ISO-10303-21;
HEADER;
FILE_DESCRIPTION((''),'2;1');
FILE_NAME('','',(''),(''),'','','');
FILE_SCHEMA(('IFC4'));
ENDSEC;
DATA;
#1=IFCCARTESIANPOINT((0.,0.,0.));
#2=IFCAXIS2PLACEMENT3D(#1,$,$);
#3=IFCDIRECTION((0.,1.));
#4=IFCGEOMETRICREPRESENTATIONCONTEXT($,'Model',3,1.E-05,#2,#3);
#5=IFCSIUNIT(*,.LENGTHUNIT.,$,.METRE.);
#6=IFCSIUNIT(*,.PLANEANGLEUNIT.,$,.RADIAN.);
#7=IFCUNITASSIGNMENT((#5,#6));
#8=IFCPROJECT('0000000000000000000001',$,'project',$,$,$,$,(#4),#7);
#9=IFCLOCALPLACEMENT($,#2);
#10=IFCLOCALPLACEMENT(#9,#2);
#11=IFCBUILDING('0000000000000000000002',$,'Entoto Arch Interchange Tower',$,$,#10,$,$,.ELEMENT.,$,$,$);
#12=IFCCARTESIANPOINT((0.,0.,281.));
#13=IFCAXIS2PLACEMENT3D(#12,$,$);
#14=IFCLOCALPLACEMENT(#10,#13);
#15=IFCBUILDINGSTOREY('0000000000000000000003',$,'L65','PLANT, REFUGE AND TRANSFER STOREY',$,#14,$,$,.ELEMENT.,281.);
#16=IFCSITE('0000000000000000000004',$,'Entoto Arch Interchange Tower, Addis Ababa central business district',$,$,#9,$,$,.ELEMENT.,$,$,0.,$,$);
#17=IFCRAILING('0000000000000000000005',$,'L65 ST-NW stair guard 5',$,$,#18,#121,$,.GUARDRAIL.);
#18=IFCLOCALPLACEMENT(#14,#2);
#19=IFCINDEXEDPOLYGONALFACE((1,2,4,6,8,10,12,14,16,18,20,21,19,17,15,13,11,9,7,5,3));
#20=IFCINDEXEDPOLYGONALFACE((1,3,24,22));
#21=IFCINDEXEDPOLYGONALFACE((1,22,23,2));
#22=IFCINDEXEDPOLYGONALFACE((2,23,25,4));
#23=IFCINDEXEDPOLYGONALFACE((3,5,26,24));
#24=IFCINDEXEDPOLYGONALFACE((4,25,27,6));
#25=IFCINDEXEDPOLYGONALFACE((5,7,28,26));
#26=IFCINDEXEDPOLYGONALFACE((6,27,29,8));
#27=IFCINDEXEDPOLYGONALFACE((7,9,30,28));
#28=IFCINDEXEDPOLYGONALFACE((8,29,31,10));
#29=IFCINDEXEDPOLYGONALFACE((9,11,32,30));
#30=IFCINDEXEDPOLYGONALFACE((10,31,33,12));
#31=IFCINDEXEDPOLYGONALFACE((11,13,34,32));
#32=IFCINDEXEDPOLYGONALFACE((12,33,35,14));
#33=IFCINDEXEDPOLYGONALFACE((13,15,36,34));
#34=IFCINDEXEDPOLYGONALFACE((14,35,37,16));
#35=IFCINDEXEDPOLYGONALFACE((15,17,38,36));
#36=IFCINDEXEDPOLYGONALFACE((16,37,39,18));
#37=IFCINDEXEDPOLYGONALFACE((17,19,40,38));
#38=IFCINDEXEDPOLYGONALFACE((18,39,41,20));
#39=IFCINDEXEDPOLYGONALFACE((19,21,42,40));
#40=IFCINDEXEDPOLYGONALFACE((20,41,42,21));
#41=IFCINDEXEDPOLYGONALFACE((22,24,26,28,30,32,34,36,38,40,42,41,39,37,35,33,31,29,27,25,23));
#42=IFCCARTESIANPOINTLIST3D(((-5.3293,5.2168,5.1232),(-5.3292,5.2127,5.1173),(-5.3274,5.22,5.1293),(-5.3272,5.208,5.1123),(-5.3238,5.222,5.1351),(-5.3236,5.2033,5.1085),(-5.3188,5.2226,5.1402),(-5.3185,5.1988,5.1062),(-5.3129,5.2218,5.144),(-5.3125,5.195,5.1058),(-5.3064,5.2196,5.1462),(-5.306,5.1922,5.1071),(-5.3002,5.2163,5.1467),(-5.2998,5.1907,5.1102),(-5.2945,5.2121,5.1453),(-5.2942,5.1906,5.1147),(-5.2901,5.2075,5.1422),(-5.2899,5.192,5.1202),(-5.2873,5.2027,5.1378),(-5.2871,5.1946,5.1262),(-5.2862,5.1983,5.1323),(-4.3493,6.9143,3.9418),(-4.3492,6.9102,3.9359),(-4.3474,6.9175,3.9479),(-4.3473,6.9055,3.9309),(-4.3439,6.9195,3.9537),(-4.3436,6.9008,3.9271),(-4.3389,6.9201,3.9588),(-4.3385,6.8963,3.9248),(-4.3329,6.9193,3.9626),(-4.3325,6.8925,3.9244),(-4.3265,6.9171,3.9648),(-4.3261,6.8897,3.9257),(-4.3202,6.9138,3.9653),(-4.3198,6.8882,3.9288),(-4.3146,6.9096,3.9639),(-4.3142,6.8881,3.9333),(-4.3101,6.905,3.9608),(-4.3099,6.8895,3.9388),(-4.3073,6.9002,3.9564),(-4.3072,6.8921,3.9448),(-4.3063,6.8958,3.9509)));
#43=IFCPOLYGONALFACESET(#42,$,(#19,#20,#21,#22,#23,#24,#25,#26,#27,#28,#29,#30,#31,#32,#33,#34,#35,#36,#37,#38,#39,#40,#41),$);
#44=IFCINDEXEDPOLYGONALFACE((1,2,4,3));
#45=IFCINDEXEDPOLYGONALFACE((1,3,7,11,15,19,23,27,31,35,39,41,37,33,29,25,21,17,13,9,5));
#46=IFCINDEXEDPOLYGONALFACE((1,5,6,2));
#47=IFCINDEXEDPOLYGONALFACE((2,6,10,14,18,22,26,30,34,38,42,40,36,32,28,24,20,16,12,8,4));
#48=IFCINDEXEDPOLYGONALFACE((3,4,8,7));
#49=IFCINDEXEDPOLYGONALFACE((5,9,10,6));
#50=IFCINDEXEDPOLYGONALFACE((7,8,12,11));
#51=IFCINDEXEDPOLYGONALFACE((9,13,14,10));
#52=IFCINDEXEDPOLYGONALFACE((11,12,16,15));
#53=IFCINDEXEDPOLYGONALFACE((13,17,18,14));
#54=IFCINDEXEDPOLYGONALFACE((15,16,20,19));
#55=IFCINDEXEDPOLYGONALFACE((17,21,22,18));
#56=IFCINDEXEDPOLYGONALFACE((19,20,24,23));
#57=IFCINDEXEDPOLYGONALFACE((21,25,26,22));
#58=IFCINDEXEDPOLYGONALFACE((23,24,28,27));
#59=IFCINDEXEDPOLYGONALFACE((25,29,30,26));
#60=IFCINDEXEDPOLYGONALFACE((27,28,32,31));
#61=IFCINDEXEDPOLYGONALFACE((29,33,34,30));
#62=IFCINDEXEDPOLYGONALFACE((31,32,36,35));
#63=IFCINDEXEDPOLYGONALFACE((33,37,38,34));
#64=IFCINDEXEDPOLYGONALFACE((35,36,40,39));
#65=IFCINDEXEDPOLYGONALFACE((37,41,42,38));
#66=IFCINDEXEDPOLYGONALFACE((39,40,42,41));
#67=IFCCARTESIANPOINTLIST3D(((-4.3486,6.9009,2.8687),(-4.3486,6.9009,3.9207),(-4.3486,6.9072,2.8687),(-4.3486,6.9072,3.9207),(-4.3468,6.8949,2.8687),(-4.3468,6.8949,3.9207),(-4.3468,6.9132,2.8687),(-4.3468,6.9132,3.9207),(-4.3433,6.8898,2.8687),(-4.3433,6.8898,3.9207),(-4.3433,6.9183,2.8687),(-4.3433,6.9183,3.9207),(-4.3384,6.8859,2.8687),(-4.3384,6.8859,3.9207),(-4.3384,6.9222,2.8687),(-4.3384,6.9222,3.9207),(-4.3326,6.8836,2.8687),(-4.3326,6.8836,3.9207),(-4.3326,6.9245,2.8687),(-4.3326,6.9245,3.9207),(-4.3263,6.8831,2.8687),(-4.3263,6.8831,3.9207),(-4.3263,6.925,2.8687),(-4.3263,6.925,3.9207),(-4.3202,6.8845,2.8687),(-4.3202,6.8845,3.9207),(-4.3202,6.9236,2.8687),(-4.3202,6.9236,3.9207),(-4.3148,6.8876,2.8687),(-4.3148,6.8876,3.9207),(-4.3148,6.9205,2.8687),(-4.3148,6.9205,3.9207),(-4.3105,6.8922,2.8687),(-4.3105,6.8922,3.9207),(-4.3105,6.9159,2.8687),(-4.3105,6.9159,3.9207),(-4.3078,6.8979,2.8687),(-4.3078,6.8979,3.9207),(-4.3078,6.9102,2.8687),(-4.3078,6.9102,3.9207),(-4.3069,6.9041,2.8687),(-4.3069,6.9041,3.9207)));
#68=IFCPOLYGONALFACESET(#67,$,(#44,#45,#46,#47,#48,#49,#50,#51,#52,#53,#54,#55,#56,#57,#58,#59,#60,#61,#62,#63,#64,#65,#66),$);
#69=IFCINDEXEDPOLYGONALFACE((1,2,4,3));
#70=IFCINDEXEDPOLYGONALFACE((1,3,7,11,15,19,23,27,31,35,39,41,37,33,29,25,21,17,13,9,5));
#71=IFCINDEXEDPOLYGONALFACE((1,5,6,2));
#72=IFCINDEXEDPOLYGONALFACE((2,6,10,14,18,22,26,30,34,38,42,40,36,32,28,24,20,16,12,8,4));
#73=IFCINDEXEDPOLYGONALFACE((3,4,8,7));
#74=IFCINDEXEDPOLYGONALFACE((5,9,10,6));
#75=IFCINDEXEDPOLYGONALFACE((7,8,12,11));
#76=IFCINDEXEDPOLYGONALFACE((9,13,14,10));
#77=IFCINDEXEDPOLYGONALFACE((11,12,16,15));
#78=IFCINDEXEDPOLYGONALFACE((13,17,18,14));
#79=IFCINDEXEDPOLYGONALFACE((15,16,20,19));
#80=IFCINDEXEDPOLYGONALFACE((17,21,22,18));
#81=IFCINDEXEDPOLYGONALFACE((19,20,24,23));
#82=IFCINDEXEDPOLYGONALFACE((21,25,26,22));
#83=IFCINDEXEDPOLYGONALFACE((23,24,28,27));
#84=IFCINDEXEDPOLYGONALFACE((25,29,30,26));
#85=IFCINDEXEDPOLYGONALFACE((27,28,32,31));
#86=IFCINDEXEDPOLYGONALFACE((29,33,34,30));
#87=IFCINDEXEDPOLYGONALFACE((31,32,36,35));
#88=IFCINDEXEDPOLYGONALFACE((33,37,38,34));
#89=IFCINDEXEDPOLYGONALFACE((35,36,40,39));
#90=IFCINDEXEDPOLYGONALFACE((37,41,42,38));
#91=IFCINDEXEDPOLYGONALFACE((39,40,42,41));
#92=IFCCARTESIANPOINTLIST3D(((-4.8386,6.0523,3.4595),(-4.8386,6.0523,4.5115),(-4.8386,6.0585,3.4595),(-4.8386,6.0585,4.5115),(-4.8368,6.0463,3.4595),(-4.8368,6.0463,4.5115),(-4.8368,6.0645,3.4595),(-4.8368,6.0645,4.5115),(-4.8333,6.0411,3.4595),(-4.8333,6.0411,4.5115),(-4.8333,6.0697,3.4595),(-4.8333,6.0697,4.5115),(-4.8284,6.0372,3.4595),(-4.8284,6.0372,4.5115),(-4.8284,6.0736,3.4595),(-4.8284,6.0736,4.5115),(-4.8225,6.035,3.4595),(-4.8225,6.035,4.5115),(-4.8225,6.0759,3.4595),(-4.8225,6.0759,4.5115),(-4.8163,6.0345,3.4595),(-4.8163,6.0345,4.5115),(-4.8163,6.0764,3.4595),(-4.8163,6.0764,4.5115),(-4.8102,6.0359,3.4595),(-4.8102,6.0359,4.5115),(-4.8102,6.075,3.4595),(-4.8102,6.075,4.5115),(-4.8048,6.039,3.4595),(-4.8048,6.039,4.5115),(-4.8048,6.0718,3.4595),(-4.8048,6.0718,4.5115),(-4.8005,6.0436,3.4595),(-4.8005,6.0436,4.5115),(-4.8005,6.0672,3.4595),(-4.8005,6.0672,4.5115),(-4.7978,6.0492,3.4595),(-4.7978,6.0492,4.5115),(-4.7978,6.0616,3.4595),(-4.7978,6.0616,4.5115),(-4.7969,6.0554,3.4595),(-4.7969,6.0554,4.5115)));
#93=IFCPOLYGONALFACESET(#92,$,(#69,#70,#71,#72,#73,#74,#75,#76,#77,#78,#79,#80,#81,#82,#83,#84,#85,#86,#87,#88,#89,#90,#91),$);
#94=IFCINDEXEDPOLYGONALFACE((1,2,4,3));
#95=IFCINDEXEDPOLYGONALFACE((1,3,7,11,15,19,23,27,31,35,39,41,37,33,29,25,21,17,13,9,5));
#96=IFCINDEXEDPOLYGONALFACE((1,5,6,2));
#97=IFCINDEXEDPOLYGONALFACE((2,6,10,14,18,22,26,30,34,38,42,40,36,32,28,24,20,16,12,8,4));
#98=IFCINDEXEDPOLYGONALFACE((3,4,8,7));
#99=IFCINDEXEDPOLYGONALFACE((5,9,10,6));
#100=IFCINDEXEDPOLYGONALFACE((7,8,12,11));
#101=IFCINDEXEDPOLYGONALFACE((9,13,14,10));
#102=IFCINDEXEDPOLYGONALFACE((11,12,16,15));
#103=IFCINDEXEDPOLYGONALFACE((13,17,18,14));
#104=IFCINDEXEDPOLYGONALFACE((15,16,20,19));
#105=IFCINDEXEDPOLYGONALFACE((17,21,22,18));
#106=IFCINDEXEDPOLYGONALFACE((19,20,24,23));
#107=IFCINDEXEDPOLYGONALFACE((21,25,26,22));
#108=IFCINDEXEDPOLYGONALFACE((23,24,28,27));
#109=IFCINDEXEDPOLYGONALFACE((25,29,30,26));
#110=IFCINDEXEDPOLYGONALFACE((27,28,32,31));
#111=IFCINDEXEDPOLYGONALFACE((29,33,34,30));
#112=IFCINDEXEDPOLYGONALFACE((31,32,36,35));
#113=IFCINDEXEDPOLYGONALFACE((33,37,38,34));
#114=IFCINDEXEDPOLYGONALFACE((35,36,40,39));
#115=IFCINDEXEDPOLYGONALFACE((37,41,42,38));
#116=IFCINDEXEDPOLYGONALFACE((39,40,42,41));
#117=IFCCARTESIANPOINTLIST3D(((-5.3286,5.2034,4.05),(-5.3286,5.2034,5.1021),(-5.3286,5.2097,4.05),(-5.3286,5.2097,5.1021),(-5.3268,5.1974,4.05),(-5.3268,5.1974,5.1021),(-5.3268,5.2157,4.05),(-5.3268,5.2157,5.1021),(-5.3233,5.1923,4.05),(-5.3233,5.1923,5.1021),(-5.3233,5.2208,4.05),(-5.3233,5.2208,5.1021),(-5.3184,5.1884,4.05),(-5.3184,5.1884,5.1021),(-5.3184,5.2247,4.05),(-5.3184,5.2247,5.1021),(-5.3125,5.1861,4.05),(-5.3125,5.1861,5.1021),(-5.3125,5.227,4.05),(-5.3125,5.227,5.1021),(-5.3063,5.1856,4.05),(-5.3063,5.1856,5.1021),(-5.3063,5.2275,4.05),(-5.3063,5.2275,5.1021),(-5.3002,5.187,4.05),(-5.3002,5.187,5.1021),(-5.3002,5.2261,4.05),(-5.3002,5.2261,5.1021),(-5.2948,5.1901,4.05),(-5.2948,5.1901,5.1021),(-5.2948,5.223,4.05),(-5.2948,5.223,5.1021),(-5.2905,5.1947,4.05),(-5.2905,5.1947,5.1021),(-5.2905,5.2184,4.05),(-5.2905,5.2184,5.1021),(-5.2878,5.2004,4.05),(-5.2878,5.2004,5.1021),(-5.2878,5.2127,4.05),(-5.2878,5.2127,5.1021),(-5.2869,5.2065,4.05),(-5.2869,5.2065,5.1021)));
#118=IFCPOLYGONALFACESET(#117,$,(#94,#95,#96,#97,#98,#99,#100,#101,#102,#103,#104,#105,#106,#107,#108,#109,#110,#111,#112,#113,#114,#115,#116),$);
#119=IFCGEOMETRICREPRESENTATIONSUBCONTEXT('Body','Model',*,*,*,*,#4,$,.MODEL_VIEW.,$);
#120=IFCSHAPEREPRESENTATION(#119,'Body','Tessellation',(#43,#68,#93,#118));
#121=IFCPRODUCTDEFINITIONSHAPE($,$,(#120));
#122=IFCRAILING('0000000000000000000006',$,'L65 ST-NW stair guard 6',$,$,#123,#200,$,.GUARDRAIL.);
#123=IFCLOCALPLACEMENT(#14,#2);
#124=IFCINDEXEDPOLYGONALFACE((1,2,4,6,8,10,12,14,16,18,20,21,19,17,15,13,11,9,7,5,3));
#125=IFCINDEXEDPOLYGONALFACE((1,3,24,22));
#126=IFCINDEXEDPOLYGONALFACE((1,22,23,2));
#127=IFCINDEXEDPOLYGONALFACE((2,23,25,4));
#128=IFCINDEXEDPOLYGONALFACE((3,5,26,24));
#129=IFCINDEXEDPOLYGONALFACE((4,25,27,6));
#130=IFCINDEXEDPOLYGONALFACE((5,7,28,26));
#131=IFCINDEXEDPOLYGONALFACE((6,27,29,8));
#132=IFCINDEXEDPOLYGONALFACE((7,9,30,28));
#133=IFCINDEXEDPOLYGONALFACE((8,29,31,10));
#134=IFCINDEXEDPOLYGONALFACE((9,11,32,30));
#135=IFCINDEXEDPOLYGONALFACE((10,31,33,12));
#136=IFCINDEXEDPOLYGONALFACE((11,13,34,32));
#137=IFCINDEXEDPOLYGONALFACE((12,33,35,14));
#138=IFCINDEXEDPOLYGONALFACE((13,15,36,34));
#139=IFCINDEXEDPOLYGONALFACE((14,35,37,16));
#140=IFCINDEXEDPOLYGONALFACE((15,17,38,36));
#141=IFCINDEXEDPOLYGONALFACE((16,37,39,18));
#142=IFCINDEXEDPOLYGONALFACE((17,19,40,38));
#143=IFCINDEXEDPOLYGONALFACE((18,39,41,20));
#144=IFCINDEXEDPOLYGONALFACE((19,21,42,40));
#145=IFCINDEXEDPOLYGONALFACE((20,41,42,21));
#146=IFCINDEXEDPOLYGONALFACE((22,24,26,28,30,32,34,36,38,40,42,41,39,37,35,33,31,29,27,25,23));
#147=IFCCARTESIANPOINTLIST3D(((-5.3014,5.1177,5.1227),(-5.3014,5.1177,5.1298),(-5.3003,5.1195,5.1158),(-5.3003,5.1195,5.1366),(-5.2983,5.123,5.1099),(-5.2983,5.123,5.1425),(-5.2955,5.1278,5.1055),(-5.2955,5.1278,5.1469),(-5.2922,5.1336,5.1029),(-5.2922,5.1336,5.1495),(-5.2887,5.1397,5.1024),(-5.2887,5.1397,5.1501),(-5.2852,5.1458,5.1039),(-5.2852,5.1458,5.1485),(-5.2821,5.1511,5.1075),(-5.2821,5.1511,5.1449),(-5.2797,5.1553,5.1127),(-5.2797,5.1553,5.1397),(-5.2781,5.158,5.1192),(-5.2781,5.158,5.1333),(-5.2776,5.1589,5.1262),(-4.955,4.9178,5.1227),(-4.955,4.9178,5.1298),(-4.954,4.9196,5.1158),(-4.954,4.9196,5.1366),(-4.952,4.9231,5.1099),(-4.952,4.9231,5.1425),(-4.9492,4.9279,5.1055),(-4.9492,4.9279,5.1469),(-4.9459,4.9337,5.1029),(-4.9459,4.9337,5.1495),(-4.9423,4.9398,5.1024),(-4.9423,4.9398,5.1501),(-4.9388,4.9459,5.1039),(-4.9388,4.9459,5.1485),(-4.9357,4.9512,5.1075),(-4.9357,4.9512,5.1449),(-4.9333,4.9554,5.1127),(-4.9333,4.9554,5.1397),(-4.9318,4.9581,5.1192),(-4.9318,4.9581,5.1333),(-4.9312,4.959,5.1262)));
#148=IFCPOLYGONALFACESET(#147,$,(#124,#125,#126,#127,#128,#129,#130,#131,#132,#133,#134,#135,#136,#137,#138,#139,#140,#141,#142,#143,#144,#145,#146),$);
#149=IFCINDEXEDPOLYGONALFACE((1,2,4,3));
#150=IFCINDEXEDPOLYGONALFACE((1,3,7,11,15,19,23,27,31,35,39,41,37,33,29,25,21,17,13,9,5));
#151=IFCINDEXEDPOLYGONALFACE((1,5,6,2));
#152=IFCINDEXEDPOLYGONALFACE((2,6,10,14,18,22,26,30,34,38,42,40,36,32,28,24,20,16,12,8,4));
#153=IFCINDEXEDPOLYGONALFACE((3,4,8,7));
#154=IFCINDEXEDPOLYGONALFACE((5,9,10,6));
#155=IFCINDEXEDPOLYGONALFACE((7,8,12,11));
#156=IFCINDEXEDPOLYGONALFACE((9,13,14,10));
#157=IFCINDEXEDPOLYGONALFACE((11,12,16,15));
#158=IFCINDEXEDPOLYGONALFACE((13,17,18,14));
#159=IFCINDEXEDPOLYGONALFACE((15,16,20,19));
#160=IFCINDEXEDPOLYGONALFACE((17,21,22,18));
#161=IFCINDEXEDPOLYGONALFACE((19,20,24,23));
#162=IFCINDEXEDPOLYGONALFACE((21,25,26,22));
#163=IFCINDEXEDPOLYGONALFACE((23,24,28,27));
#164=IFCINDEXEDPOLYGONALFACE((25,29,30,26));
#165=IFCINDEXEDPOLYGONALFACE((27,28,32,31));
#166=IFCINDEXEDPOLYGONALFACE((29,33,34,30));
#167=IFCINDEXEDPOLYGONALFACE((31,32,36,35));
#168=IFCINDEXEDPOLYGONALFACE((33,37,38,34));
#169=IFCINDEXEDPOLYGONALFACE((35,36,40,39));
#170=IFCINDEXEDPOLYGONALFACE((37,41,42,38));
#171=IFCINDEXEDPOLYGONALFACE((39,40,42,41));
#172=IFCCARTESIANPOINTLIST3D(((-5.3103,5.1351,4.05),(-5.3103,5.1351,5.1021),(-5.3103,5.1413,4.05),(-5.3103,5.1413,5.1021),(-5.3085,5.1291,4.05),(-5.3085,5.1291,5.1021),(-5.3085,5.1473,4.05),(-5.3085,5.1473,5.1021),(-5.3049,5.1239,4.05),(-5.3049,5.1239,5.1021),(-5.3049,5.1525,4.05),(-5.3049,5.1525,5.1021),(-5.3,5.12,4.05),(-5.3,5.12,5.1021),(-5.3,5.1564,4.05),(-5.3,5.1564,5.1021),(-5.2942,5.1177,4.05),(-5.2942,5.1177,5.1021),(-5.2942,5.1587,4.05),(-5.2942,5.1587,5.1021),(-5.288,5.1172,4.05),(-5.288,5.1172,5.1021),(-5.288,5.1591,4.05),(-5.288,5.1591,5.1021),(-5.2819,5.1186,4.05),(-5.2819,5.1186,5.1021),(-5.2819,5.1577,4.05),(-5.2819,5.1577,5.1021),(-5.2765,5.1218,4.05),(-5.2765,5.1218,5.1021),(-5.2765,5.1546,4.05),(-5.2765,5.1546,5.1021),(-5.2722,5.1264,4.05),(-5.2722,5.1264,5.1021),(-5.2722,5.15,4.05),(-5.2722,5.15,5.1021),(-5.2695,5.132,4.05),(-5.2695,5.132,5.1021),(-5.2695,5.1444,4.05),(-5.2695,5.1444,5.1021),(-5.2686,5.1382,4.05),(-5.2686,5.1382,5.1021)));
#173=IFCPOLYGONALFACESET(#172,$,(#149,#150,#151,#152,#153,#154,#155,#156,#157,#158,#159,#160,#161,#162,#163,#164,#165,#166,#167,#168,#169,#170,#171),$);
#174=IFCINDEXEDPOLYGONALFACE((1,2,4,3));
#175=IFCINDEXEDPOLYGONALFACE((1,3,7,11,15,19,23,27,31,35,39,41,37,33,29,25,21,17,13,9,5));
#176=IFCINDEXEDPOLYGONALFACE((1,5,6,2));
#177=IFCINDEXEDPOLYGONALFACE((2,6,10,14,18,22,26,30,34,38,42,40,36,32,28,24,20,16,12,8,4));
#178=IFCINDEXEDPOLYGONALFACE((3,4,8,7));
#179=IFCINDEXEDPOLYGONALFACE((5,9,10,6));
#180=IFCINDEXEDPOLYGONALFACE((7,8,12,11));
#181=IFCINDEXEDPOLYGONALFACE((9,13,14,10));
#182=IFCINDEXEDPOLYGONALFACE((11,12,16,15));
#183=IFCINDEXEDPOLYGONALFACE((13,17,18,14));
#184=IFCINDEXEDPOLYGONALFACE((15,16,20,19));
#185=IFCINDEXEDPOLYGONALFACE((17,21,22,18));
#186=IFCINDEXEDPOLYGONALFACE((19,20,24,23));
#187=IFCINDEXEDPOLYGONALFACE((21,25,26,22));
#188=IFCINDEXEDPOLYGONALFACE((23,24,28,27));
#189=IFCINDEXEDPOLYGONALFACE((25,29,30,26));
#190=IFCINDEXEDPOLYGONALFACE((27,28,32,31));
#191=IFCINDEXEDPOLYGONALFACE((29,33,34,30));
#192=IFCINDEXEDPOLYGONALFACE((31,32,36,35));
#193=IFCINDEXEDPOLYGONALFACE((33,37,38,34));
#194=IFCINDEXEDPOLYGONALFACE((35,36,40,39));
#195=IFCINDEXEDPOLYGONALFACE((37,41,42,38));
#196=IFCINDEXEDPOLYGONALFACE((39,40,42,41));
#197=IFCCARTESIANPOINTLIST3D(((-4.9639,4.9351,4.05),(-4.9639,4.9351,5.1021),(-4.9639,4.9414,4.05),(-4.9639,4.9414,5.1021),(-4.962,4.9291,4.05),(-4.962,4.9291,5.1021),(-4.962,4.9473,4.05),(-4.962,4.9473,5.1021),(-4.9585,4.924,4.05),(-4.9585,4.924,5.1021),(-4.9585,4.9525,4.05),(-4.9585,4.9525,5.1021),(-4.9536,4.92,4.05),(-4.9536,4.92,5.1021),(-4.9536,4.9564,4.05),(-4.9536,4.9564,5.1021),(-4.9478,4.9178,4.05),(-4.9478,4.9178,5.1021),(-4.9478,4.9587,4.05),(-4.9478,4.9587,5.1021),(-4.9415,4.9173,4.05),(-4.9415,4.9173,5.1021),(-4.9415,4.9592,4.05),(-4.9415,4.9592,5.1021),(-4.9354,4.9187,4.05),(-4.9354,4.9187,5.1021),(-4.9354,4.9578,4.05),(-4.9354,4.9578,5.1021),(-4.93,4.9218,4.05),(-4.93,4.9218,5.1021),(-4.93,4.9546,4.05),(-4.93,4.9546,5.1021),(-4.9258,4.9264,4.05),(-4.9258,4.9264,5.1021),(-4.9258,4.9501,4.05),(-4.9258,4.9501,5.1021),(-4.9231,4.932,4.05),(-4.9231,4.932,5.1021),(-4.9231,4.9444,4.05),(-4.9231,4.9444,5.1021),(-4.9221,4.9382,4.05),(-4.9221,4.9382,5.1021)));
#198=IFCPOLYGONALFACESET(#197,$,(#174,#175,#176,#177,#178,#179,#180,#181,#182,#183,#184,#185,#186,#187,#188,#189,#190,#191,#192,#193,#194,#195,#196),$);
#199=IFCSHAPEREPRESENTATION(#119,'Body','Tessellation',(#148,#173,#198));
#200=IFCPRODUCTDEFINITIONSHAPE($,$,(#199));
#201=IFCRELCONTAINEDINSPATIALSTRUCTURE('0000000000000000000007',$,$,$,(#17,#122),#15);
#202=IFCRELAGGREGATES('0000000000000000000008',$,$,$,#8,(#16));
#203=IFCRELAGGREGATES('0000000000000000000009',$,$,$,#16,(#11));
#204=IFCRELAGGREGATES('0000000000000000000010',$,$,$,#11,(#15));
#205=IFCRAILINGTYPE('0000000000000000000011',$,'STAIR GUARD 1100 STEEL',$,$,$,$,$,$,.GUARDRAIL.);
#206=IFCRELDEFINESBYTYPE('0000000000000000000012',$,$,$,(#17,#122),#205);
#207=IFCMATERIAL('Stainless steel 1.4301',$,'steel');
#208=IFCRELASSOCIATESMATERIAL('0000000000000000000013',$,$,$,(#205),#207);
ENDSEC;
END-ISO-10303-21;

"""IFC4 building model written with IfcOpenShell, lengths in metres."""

from ifc_helpers import new_model, si_unit, direction, frame, origin, origin_2d, place, context, subcontext, project, spatial, circle, extrude, material, type_object, element, save


model = new_model("IFC4")

# Units and contexts
model_context = context("Model", 3, precision=1e-05, world=origin(), true_north=direction((0.0, 1.0)))
body_context = subcontext(model_context, "Body", "Model", "MODEL_VIEW")
ifc_project = project(units=[si_unit("LENGTHUNIT", "METRE"), si_unit("PLANEANGLEUNIT", "RADIAN")], contexts=[model_context])

# Site, building, storey
site_placement = place(None, origin())
site = spatial("IfcSite", under=ifc_project, at=site_placement, Name="Entoto Arch Interchange Tower, Addis Ababa central business district", CompositionType="ELEMENT", RefElevation=0.0)
building_placement = place(site_placement, origin())
building = spatial("IfcBuilding", under=site, at=building_placement, Name="Entoto Arch Interchange Tower", CompositionType="ELEMENT")
storey_placement = place(building_placement, frame((0.0, 0.0, 281.0)))
storey = spatial("IfcBuildingStorey", under=building, at=storey_placement, Name="L65", Description="PLANT, REFUGE AND TRANSFER STOREY", CompositionType="ELEMENT", Elevation=281.0)

# Railings
ifc_material_1 = material(Name="Stainless steel 1.4301", Category="steel")
railing_type_1 = type_object("IfcRailingType", Name="STAIR GUARD 1100 STEEL", PredefinedType="GUARDRAIL", material=ifc_material_1)
railing_1_placement = place(storey_placement, frame((-4.3279, 6.9041, 2.8687)))
element("IfcRailing", 1, at=railing_1_placement, inside=storey, type_object=railing_type_1, Name="L65 ST-NW stair guard 5", PredefinedType="GUARDRAIL", context=body_context, shape_type="SweptSolid", body=[
    extrude(circle(Radius=0.0239, at=origin_2d()), frame((0.0, 0.0, 1.0762), z_axis=(-0.428205, -0.741731, 0.516214), x_axis=(0.866042, -0.49997, 0.0)), (0.0, 0.0, 1.0), 2.2886),
    extrude(circle(Radius=0.021, at=origin_2d()), origin(), (0.0, 0.0, 1.0), 1.052),
    extrude(circle(Radius=0.021, at=origin_2d()), frame((-0.49, -0.8486, 0.5908)), (0.0, 0.0, 1.0), 1.052),
    extrude(circle(Radius=0.021, at=origin_2d()), frame((-0.98, -1.6975, 1.1814)), (0.0, 0.0, 1.0), 1.052),
])
railing_2_placement = place(storey_placement, frame((-5.2896, 5.1382, 4.05)))
element("IfcRailing", 2, at=railing_2_placement, inside=storey, type_object=railing_type_1, Name="L65 ST-NW stair guard 6", PredefinedType="GUARDRAIL", context=body_context, shape_type="SweptSolid", body=[
    extrude(circle(Radius=0.0239, at=origin_2d()), frame((0.0, 0.0, 1.0762), z_axis=(0.866094, -0.499881, 0.0), x_axis=(0.499881, 0.866094, 0.0)), (0.0, 0.0, 1.0), 0.3999),
    extrude(circle(Radius=0.021, at=origin_2d()), origin(), (0.0, 0.0, 1.0), 1.052),
    extrude(circle(Radius=0.021, at=origin_2d()), frame((0.3464, -0.2, 0.0)), (0.0, 0.0, 1.0), 1.052),
])

save(model, "model.ifc")
